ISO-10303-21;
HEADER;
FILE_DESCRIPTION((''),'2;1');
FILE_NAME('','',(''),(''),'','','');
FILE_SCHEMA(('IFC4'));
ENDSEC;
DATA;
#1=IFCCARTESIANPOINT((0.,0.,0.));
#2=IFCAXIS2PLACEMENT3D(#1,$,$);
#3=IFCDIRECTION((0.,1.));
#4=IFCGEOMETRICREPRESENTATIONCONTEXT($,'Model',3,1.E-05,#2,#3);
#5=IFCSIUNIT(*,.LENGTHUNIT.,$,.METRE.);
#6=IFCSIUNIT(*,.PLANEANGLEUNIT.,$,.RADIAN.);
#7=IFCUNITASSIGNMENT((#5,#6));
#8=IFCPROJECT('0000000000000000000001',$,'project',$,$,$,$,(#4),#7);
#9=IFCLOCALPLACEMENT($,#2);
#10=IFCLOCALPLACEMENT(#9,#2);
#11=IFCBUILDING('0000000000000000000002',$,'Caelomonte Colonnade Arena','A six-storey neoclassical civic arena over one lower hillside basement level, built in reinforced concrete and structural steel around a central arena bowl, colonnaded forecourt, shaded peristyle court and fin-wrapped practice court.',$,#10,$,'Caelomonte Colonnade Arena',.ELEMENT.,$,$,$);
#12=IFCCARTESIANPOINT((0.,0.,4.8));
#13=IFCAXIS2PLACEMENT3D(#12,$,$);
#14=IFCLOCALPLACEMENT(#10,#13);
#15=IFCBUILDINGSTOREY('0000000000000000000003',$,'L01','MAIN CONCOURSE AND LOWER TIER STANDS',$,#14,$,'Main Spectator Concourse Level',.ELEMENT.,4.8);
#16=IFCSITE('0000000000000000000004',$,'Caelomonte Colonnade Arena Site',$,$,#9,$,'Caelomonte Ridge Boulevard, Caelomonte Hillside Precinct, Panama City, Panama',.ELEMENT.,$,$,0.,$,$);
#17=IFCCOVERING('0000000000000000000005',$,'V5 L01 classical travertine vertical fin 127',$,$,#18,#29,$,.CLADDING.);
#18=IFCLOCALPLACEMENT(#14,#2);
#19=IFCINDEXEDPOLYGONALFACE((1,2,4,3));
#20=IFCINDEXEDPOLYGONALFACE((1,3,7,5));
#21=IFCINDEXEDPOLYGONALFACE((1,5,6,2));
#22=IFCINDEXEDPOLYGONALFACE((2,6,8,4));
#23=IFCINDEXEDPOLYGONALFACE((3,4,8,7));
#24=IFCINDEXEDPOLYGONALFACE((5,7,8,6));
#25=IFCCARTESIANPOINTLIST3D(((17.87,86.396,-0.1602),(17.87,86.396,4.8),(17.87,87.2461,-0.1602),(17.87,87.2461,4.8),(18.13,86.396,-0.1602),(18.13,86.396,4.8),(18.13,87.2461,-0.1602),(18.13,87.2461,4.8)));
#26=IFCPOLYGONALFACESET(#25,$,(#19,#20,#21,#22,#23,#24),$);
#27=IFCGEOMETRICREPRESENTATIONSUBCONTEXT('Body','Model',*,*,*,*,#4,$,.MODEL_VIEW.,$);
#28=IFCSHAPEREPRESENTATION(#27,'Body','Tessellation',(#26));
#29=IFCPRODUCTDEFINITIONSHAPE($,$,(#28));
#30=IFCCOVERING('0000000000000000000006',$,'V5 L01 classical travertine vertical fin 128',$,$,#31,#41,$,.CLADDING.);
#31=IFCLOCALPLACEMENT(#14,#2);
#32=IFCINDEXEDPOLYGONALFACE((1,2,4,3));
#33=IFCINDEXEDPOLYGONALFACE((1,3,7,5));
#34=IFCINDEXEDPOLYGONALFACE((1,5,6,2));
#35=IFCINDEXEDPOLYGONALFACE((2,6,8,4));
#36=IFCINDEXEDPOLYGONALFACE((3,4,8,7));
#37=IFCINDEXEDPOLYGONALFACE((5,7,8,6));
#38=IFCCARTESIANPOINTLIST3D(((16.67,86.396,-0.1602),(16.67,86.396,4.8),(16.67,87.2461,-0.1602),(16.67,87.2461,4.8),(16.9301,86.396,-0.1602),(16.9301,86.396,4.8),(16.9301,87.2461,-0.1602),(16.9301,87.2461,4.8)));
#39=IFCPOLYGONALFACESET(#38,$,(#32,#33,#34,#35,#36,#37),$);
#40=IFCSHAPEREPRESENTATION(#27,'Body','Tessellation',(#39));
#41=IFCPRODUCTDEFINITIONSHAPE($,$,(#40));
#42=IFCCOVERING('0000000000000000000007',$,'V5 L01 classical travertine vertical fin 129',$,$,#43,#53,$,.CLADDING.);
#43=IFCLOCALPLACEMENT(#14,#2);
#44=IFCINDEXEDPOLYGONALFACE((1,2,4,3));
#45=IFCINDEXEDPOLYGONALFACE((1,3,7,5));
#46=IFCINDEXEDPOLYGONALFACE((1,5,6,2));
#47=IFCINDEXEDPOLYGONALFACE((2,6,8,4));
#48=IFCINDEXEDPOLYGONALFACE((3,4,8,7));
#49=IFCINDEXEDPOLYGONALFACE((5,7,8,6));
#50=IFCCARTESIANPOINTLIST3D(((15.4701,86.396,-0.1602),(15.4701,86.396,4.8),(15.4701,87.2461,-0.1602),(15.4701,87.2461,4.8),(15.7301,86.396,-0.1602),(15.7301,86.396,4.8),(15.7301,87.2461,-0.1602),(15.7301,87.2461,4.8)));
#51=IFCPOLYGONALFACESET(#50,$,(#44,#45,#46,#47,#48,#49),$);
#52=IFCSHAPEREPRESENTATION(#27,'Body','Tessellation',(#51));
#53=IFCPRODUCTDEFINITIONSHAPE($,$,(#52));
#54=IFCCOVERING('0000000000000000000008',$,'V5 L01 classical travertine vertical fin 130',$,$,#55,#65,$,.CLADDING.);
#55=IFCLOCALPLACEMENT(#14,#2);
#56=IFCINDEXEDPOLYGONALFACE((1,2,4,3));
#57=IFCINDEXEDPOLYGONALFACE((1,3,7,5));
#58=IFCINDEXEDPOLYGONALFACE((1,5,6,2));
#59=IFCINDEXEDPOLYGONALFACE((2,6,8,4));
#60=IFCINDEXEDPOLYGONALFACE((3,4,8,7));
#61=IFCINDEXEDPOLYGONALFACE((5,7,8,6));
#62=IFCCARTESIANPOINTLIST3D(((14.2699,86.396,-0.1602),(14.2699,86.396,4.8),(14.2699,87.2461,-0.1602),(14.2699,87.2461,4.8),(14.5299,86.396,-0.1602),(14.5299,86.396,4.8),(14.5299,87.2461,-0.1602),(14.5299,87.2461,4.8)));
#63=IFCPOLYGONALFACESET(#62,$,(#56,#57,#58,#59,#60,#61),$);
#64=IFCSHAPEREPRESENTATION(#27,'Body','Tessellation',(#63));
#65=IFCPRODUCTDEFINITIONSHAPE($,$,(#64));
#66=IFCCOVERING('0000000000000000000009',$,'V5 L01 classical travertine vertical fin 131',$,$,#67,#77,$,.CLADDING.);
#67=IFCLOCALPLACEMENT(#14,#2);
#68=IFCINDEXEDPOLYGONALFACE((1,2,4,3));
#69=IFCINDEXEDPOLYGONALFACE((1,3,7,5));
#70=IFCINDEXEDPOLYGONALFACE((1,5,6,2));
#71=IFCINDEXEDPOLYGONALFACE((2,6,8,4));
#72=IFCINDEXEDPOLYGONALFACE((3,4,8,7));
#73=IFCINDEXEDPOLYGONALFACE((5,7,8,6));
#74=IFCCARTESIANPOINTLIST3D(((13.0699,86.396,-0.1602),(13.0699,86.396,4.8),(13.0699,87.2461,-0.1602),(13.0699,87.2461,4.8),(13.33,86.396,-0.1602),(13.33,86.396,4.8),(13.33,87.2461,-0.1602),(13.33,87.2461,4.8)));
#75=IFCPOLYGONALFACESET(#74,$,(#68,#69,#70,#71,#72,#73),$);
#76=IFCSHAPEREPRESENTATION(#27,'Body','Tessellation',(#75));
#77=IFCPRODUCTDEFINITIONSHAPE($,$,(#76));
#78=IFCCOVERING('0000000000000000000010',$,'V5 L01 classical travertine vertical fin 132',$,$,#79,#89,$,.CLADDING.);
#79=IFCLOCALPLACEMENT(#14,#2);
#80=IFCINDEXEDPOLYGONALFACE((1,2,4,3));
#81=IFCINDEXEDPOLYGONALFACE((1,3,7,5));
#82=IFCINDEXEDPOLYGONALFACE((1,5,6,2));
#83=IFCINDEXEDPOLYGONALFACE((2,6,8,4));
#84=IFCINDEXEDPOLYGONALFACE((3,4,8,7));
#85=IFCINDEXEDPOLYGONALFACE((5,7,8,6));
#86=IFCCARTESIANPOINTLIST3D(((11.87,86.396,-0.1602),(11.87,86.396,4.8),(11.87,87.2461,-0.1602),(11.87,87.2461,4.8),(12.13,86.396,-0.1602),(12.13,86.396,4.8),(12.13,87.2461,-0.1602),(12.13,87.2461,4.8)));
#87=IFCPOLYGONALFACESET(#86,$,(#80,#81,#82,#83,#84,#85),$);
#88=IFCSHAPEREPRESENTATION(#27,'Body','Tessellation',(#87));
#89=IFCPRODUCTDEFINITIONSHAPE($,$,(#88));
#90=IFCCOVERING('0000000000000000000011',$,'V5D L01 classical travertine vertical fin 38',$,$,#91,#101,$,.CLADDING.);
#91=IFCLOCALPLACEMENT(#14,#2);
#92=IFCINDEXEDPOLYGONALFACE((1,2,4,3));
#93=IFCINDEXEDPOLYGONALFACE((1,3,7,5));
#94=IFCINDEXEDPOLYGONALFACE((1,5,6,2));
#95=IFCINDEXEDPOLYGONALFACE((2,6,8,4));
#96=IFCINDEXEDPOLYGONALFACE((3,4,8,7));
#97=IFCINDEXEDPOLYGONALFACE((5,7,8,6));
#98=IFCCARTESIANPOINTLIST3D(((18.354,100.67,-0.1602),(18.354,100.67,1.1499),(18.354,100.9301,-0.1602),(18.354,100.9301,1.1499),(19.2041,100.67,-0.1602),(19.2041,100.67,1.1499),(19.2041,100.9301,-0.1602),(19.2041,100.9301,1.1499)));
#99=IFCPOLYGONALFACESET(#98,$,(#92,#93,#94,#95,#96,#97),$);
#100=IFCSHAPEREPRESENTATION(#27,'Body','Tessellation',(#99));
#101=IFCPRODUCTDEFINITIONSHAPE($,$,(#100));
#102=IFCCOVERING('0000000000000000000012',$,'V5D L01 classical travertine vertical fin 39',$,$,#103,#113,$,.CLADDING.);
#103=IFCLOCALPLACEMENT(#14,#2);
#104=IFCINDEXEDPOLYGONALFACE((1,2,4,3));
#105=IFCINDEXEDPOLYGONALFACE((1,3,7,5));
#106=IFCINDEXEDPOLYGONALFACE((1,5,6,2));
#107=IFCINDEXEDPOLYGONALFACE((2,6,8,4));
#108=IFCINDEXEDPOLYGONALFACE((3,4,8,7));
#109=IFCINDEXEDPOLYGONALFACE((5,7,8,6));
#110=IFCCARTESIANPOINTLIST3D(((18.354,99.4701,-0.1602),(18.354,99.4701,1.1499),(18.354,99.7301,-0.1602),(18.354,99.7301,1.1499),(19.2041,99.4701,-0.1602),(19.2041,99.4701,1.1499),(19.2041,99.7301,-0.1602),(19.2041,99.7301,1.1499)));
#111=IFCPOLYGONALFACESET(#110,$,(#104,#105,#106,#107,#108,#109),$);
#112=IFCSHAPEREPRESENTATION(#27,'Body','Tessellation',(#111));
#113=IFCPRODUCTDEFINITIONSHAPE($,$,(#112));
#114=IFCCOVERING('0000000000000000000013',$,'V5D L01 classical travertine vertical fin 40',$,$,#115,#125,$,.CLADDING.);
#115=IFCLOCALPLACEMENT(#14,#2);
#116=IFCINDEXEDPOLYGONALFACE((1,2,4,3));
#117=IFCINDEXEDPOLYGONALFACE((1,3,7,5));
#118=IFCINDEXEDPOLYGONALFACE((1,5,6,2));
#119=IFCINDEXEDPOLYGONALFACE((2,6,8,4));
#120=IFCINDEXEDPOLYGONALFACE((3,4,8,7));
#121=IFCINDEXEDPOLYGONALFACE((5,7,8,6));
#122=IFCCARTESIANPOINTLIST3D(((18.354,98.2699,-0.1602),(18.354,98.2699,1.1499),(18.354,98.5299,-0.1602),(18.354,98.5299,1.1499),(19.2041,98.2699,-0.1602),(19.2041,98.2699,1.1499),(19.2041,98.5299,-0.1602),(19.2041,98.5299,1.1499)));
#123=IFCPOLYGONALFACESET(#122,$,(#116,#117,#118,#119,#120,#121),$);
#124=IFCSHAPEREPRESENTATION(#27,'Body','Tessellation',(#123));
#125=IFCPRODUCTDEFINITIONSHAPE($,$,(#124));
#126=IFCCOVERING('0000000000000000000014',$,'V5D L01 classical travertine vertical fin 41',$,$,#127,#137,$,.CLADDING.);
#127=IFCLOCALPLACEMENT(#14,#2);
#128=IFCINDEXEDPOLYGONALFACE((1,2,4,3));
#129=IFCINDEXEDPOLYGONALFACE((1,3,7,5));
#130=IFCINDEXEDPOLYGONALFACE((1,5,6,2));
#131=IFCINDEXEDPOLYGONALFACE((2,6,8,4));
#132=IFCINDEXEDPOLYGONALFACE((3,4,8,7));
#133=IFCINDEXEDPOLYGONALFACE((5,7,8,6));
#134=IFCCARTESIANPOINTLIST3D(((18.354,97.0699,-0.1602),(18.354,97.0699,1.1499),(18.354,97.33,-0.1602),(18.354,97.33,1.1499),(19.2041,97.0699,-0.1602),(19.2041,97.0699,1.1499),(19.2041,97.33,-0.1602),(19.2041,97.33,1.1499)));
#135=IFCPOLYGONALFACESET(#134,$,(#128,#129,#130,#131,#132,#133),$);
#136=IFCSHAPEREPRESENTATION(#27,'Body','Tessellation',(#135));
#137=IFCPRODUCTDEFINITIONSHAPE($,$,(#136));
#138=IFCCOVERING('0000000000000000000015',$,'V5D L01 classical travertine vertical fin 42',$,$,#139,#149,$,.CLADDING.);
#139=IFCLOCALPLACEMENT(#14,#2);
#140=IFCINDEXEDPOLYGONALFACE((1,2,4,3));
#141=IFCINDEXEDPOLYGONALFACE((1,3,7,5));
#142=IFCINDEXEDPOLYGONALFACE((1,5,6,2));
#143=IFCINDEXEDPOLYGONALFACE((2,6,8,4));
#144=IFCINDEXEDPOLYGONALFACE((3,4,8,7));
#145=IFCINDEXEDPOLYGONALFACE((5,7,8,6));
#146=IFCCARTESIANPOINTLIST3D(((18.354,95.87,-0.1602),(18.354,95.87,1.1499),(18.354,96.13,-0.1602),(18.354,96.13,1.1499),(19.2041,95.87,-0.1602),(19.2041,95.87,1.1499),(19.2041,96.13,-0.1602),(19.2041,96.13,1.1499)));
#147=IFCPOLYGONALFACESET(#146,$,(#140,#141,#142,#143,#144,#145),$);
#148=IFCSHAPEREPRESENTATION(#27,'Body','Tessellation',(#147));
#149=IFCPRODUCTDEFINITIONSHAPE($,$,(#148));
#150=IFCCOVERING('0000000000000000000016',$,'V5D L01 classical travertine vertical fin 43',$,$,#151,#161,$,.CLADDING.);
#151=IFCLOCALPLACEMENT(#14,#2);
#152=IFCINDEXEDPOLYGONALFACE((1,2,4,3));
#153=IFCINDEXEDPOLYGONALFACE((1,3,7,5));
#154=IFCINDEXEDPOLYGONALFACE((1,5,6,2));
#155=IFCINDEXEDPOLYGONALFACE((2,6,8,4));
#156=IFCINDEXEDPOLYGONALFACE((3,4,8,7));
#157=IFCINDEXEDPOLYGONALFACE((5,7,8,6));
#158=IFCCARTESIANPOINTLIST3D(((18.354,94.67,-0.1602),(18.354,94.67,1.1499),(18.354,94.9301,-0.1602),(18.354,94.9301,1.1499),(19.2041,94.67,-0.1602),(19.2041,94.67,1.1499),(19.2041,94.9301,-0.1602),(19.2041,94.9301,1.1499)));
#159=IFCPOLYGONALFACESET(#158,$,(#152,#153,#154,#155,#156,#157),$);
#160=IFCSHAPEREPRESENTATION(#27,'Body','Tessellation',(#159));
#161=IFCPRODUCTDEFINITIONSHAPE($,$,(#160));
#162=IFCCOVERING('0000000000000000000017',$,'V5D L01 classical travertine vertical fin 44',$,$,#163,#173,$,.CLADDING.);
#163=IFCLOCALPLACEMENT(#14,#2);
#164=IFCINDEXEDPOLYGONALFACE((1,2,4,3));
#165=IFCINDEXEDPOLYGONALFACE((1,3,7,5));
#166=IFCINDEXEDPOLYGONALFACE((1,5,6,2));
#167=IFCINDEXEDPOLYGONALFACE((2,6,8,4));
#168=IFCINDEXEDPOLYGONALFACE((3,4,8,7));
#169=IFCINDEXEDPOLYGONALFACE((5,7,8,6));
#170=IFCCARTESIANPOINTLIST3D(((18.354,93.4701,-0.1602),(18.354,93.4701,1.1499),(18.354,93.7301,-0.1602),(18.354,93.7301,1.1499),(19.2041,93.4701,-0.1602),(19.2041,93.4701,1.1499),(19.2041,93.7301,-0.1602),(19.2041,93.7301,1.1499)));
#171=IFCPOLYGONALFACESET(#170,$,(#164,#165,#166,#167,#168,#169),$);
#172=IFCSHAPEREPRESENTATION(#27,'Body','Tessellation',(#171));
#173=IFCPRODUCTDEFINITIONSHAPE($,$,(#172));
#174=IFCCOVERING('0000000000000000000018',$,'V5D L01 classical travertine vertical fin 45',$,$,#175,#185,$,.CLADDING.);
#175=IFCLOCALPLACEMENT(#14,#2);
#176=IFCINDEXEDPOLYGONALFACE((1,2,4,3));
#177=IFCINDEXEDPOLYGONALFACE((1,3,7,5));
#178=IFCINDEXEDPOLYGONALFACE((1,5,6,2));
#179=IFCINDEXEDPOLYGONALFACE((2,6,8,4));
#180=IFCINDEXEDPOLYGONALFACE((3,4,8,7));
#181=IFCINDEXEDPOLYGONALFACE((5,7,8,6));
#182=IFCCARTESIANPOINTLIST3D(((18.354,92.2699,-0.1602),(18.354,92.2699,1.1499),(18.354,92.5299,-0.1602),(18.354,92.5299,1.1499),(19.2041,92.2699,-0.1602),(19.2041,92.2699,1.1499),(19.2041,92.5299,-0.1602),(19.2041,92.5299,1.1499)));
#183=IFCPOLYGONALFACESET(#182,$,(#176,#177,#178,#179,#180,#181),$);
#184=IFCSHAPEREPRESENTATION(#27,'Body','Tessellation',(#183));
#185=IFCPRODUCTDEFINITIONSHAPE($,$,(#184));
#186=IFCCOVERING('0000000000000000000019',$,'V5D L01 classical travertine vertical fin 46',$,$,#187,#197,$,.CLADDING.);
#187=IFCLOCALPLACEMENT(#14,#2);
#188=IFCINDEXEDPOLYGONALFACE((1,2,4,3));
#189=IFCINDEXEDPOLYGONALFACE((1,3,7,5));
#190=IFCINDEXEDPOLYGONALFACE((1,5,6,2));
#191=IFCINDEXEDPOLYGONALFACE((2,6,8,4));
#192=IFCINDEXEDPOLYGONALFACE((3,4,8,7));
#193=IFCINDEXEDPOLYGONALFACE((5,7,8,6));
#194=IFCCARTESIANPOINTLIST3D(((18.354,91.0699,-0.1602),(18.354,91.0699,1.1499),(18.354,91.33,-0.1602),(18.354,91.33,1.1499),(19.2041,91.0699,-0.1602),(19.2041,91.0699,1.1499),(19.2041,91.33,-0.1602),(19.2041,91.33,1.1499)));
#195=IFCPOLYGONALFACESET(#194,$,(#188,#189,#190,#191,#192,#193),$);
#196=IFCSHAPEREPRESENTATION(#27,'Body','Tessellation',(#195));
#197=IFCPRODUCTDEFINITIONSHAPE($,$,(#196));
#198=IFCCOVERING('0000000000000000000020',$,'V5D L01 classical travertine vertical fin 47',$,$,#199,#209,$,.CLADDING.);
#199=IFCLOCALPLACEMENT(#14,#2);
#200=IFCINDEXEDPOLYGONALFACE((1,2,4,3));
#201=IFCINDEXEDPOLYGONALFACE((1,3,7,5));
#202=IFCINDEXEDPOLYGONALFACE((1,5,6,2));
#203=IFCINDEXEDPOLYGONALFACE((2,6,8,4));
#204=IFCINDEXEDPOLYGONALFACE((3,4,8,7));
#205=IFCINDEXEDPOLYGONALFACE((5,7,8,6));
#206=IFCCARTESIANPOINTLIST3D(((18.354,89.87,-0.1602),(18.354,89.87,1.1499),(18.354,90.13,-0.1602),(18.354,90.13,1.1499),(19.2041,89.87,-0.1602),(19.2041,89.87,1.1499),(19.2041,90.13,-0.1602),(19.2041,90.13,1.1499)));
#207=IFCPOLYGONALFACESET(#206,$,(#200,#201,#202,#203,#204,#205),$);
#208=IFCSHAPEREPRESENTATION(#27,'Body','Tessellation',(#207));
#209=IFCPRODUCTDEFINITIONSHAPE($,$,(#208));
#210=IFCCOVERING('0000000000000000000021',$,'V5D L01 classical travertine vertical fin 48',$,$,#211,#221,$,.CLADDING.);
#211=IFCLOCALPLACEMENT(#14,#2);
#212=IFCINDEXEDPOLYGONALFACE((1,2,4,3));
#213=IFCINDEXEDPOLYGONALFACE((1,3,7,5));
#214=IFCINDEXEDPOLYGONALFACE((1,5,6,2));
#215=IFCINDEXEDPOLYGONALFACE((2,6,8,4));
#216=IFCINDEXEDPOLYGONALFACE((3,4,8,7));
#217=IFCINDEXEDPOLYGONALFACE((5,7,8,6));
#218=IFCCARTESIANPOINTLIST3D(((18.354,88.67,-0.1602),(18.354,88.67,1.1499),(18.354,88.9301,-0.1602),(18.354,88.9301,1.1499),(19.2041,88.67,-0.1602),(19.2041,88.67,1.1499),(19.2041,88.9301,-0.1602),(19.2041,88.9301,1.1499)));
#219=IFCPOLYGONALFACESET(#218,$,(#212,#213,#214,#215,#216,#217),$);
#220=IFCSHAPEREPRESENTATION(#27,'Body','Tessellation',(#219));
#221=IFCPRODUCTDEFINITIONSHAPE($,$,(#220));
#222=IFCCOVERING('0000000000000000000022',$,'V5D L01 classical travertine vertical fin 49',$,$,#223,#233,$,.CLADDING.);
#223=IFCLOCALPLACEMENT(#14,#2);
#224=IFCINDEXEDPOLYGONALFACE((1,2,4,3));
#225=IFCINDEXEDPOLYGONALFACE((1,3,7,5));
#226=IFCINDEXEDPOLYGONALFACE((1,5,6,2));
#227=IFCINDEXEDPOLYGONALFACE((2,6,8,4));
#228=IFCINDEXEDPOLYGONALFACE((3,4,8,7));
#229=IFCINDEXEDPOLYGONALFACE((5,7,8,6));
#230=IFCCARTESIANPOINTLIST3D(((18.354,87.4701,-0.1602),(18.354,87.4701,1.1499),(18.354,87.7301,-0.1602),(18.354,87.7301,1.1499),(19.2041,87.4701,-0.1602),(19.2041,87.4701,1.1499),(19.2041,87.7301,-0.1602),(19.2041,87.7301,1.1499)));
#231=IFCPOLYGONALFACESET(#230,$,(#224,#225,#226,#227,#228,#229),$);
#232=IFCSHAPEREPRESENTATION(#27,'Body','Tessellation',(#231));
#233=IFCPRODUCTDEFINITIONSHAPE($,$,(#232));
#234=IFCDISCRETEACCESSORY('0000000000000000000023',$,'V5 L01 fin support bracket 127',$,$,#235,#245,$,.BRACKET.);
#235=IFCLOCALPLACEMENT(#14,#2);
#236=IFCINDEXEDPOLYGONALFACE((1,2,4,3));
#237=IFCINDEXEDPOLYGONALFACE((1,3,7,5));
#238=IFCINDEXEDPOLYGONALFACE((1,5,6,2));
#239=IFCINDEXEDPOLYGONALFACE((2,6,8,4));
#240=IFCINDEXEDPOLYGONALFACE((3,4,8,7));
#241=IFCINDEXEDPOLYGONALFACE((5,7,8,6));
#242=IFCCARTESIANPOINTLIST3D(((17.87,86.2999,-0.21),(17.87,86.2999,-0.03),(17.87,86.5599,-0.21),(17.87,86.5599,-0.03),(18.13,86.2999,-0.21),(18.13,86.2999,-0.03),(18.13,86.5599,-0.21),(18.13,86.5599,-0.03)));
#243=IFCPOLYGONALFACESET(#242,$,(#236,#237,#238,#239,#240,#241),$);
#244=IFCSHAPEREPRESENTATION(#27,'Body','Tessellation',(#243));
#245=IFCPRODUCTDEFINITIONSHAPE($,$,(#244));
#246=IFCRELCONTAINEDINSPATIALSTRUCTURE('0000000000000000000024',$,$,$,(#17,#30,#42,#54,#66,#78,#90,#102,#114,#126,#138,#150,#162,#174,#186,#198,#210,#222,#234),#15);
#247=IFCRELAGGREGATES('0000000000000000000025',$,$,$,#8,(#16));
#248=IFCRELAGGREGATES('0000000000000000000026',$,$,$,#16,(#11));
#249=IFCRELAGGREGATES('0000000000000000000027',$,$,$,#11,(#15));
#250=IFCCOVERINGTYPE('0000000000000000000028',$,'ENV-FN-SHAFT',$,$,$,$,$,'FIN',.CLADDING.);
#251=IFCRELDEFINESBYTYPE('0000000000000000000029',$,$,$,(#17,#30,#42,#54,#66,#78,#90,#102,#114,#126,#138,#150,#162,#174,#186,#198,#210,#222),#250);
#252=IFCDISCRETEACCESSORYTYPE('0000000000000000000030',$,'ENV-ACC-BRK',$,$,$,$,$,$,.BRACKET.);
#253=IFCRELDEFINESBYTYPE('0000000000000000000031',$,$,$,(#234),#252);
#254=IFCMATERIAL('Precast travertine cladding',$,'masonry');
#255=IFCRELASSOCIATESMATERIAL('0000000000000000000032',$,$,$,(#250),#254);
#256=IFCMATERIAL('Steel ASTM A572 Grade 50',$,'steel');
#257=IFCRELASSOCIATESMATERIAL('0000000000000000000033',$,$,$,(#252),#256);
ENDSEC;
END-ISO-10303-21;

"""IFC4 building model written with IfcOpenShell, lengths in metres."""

from ifc_helpers import new_model, si_unit, direction, frame, origin, origin_2d, place, context, subcontext, project, spatial, rectangle, extrude, material, material_profile, profile_set, type_object, element, save


model = new_model("IFC4")

# Units and contexts
model_context = context("Model", 3, precision=1e-05, world=origin(), true_north=direction((0.0, 1.0)))
body_context = subcontext(model_context, "Body", "Model", "MODEL_VIEW")
ifc_project = project(units=[si_unit("LENGTHUNIT", "METRE"), si_unit("PLANEANGLEUNIT", "RADIAN")], contexts=[model_context])

# Site, building, storey
site_placement = place(None, origin())
site = spatial("IfcSite", under=ifc_project, at=site_placement, Name="Caelomonte Colonnade Arena Site", LongName="Caelomonte Ridge Boulevard, Caelomonte Hillside Precinct, Panama City, Panama", CompositionType="ELEMENT", RefElevation=0.0)
building_placement = place(site_placement, origin())
building = spatial("IfcBuilding", under=site, at=building_placement, Name="Caelomonte Colonnade Arena", Description="A six-storey neoclassical civic arena over one lower hillside basement level, built in reinforced concrete and structural steel around a central arena bowl, colonnaded forecourt, shaded peristyle court and fin-wrapped practice court.", LongName="Caelomonte Colonnade Arena", CompositionType="ELEMENT")
storey_placement = place(building_placement, frame((0.0, 0.0, 4.8)))
storey = spatial("IfcBuildingStorey", under=building, at=storey_placement, Name="L01", Description="MAIN CONCOURSE AND LOWER TIER STANDS", LongName="Main Spectator Concourse Level", CompositionType="ELEMENT", Elevation=4.8)

# Coverings
ifc_material_1 = material(Name="Precast travertine cladding", Category="masonry")
ifc_material_profile = material_profile(ifc_material_1, rectangle(XDim=0.26, YDim=0.8501, at=origin_2d()), Name="FIN260X850")
ifc_profile_set = profile_set([ifc_material_profile], Name="Precast travertine cladding")
covering_type = type_object("IfcCoveringType", Name="ENV-FN-SHAFT", ElementType="FIN", PredefinedType="CLADDING", material=ifc_profile_set)
for number, where, z_axis, x_axis, name in (
    (1, (18.0, 86.821, -0.1602), (0.0, 0.0, 1.0), (1.0, 0.0, 0.0), "V5 L01 classical travertine vertical fin 127"),
    (2, (16.8, 86.821, -0.1602), (0.0, 0.0, 1.0), (1.0, 0.0, 0.0), "V5 L01 classical travertine vertical fin 128"),
    (3, (15.6001, 86.821, -0.1602), (0.0, 0.0, 1.0), (1.0, 0.0, 0.0), "V5 L01 classical travertine vertical fin 129"),
    (4, (14.3999, 86.821, -0.1602), (0.0, 0.0, 1.0), (1.0, 0.0, 0.0), "V5 L01 classical travertine vertical fin 130"),
    (5, (13.2, 86.821, -0.1602), (0.0, 0.0, 1.0), (1.0, 0.0, 0.0), "V5 L01 classical travertine vertical fin 131"),
    (6, (12.0, 86.821, -0.1602), (0.0, 0.0, 1.0), (1.0, 0.0, 0.0), "V5 L01 classical travertine vertical fin 132"),
):
    element("IfcCovering", number, at=place(storey_placement, frame(where, z_axis=z_axis, x_axis=x_axis)), inside=storey, type_object=covering_type, Name=name, PredefinedType="CLADDING", context=body_context, shape_type="SweptSolid", body=[
        extrude(rectangle(XDim=0.26, YDim=0.8501, at=origin_2d()), origin(), (0.0, 0.0, 1.0), 4.9602),
    ])
for number, where, z_axis, x_axis, name in (
    (7, (18.7791, 100.8, -0.1602), (0.0, 0.0, 1.0), (0.0, 1.0, 0.0), "V5D L01 classical travertine vertical fin 38"),
    (8, (18.7791, 99.6001, -0.1602), (0.0, 0.0, 1.0), (0.0, 1.0, 0.0), "V5D L01 classical travertine vertical fin 39"),
    (9, (18.7791, 98.3999, -0.1602), (0.0, 0.0, 1.0), (0.0, 1.0, 0.0), "V5D L01 classical travertine vertical fin 40"),
    (10, (18.7791, 97.2, -0.1602), (0.0, 0.0, 1.0), (0.0, 1.0, 0.0), "V5D L01 classical travertine vertical fin 41"),
    (11, (18.7791, 96.0, -0.1602), (0.0, 0.0, 1.0), (0.0, 1.0, 0.0), "V5D L01 classical travertine vertical fin 42"),
    (12, (18.7791, 94.8, -0.1602), (0.0, 0.0, 1.0), (0.0, 1.0, 0.0), "V5D L01 classical travertine vertical fin 43"),
    (13, (18.7791, 93.6001, -0.1602), (0.0, 0.0, 1.0), (0.0, 1.0, 0.0), "V5D L01 classical travertine vertical fin 44"),
    (14, (18.7791, 92.3999, -0.1602), (0.0, 0.0, 1.0), (0.0, 1.0, 0.0), "V5D L01 classical travertine vertical fin 45"),
    (15, (18.7791, 91.2, -0.1602), (0.0, 0.0, 1.0), (0.0, 1.0, 0.0), "V5D L01 classical travertine vertical fin 46"),
    (16, (18.7791, 90.0, -0.1602), (0.0, 0.0, 1.0), (0.0, 1.0, 0.0), "V5D L01 classical travertine vertical fin 47"),
    (17, (18.7791, 88.8, -0.1602), (0.0, 0.0, 1.0), (0.0, 1.0, 0.0), "V5D L01 classical travertine vertical fin 48"),
    (18, (18.7791, 87.6001, -0.1602), (0.0, 0.0, 1.0), (0.0, 1.0, 0.0), "V5D L01 classical travertine vertical fin 49"),
):
    element("IfcCovering", number, at=place(storey_placement, frame(where, z_axis=z_axis, x_axis=x_axis)), inside=storey, type_object=covering_type, Name=name, PredefinedType="CLADDING", context=body_context, shape_type="SweptSolid", body=[
        extrude(rectangle(XDim=0.26, YDim=0.8501, at=origin_2d()), origin(), (0.0, 0.0, 1.0), 1.3101),
    ])

# Discrete accessory
ifc_material_2 = material(Name="Steel ASTM A572 Grade 50", Category="steel")
discrete_accessory_type = type_object("IfcDiscreteAccessoryType", Name="ENV-ACC-BRK", PredefinedType="BRACKET", material=ifc_material_2)
for number, where, z_axis, x_axis, name in (
    (19, (18.0, 86.4299, -0.21), (0.0, 0.0, 1.0), (-1.0, 0.0, 0.0), "V5 L01 fin support bracket 127"),
):
    element("IfcDiscreteAccessory", number, at=place(storey_placement, frame(where, z_axis=z_axis, x_axis=x_axis)), inside=storey, type_object=discrete_accessory_type, Name=name, PredefinedType="BRACKET", context=body_context, shape_type="SweptSolid", body=[
        extrude(rectangle(XDim=0.26, YDim=0.26, at=origin_2d()), origin(), (0.0, 0.0, 1.0), 0.1799),
    ])

save(model, "model.ifc")
